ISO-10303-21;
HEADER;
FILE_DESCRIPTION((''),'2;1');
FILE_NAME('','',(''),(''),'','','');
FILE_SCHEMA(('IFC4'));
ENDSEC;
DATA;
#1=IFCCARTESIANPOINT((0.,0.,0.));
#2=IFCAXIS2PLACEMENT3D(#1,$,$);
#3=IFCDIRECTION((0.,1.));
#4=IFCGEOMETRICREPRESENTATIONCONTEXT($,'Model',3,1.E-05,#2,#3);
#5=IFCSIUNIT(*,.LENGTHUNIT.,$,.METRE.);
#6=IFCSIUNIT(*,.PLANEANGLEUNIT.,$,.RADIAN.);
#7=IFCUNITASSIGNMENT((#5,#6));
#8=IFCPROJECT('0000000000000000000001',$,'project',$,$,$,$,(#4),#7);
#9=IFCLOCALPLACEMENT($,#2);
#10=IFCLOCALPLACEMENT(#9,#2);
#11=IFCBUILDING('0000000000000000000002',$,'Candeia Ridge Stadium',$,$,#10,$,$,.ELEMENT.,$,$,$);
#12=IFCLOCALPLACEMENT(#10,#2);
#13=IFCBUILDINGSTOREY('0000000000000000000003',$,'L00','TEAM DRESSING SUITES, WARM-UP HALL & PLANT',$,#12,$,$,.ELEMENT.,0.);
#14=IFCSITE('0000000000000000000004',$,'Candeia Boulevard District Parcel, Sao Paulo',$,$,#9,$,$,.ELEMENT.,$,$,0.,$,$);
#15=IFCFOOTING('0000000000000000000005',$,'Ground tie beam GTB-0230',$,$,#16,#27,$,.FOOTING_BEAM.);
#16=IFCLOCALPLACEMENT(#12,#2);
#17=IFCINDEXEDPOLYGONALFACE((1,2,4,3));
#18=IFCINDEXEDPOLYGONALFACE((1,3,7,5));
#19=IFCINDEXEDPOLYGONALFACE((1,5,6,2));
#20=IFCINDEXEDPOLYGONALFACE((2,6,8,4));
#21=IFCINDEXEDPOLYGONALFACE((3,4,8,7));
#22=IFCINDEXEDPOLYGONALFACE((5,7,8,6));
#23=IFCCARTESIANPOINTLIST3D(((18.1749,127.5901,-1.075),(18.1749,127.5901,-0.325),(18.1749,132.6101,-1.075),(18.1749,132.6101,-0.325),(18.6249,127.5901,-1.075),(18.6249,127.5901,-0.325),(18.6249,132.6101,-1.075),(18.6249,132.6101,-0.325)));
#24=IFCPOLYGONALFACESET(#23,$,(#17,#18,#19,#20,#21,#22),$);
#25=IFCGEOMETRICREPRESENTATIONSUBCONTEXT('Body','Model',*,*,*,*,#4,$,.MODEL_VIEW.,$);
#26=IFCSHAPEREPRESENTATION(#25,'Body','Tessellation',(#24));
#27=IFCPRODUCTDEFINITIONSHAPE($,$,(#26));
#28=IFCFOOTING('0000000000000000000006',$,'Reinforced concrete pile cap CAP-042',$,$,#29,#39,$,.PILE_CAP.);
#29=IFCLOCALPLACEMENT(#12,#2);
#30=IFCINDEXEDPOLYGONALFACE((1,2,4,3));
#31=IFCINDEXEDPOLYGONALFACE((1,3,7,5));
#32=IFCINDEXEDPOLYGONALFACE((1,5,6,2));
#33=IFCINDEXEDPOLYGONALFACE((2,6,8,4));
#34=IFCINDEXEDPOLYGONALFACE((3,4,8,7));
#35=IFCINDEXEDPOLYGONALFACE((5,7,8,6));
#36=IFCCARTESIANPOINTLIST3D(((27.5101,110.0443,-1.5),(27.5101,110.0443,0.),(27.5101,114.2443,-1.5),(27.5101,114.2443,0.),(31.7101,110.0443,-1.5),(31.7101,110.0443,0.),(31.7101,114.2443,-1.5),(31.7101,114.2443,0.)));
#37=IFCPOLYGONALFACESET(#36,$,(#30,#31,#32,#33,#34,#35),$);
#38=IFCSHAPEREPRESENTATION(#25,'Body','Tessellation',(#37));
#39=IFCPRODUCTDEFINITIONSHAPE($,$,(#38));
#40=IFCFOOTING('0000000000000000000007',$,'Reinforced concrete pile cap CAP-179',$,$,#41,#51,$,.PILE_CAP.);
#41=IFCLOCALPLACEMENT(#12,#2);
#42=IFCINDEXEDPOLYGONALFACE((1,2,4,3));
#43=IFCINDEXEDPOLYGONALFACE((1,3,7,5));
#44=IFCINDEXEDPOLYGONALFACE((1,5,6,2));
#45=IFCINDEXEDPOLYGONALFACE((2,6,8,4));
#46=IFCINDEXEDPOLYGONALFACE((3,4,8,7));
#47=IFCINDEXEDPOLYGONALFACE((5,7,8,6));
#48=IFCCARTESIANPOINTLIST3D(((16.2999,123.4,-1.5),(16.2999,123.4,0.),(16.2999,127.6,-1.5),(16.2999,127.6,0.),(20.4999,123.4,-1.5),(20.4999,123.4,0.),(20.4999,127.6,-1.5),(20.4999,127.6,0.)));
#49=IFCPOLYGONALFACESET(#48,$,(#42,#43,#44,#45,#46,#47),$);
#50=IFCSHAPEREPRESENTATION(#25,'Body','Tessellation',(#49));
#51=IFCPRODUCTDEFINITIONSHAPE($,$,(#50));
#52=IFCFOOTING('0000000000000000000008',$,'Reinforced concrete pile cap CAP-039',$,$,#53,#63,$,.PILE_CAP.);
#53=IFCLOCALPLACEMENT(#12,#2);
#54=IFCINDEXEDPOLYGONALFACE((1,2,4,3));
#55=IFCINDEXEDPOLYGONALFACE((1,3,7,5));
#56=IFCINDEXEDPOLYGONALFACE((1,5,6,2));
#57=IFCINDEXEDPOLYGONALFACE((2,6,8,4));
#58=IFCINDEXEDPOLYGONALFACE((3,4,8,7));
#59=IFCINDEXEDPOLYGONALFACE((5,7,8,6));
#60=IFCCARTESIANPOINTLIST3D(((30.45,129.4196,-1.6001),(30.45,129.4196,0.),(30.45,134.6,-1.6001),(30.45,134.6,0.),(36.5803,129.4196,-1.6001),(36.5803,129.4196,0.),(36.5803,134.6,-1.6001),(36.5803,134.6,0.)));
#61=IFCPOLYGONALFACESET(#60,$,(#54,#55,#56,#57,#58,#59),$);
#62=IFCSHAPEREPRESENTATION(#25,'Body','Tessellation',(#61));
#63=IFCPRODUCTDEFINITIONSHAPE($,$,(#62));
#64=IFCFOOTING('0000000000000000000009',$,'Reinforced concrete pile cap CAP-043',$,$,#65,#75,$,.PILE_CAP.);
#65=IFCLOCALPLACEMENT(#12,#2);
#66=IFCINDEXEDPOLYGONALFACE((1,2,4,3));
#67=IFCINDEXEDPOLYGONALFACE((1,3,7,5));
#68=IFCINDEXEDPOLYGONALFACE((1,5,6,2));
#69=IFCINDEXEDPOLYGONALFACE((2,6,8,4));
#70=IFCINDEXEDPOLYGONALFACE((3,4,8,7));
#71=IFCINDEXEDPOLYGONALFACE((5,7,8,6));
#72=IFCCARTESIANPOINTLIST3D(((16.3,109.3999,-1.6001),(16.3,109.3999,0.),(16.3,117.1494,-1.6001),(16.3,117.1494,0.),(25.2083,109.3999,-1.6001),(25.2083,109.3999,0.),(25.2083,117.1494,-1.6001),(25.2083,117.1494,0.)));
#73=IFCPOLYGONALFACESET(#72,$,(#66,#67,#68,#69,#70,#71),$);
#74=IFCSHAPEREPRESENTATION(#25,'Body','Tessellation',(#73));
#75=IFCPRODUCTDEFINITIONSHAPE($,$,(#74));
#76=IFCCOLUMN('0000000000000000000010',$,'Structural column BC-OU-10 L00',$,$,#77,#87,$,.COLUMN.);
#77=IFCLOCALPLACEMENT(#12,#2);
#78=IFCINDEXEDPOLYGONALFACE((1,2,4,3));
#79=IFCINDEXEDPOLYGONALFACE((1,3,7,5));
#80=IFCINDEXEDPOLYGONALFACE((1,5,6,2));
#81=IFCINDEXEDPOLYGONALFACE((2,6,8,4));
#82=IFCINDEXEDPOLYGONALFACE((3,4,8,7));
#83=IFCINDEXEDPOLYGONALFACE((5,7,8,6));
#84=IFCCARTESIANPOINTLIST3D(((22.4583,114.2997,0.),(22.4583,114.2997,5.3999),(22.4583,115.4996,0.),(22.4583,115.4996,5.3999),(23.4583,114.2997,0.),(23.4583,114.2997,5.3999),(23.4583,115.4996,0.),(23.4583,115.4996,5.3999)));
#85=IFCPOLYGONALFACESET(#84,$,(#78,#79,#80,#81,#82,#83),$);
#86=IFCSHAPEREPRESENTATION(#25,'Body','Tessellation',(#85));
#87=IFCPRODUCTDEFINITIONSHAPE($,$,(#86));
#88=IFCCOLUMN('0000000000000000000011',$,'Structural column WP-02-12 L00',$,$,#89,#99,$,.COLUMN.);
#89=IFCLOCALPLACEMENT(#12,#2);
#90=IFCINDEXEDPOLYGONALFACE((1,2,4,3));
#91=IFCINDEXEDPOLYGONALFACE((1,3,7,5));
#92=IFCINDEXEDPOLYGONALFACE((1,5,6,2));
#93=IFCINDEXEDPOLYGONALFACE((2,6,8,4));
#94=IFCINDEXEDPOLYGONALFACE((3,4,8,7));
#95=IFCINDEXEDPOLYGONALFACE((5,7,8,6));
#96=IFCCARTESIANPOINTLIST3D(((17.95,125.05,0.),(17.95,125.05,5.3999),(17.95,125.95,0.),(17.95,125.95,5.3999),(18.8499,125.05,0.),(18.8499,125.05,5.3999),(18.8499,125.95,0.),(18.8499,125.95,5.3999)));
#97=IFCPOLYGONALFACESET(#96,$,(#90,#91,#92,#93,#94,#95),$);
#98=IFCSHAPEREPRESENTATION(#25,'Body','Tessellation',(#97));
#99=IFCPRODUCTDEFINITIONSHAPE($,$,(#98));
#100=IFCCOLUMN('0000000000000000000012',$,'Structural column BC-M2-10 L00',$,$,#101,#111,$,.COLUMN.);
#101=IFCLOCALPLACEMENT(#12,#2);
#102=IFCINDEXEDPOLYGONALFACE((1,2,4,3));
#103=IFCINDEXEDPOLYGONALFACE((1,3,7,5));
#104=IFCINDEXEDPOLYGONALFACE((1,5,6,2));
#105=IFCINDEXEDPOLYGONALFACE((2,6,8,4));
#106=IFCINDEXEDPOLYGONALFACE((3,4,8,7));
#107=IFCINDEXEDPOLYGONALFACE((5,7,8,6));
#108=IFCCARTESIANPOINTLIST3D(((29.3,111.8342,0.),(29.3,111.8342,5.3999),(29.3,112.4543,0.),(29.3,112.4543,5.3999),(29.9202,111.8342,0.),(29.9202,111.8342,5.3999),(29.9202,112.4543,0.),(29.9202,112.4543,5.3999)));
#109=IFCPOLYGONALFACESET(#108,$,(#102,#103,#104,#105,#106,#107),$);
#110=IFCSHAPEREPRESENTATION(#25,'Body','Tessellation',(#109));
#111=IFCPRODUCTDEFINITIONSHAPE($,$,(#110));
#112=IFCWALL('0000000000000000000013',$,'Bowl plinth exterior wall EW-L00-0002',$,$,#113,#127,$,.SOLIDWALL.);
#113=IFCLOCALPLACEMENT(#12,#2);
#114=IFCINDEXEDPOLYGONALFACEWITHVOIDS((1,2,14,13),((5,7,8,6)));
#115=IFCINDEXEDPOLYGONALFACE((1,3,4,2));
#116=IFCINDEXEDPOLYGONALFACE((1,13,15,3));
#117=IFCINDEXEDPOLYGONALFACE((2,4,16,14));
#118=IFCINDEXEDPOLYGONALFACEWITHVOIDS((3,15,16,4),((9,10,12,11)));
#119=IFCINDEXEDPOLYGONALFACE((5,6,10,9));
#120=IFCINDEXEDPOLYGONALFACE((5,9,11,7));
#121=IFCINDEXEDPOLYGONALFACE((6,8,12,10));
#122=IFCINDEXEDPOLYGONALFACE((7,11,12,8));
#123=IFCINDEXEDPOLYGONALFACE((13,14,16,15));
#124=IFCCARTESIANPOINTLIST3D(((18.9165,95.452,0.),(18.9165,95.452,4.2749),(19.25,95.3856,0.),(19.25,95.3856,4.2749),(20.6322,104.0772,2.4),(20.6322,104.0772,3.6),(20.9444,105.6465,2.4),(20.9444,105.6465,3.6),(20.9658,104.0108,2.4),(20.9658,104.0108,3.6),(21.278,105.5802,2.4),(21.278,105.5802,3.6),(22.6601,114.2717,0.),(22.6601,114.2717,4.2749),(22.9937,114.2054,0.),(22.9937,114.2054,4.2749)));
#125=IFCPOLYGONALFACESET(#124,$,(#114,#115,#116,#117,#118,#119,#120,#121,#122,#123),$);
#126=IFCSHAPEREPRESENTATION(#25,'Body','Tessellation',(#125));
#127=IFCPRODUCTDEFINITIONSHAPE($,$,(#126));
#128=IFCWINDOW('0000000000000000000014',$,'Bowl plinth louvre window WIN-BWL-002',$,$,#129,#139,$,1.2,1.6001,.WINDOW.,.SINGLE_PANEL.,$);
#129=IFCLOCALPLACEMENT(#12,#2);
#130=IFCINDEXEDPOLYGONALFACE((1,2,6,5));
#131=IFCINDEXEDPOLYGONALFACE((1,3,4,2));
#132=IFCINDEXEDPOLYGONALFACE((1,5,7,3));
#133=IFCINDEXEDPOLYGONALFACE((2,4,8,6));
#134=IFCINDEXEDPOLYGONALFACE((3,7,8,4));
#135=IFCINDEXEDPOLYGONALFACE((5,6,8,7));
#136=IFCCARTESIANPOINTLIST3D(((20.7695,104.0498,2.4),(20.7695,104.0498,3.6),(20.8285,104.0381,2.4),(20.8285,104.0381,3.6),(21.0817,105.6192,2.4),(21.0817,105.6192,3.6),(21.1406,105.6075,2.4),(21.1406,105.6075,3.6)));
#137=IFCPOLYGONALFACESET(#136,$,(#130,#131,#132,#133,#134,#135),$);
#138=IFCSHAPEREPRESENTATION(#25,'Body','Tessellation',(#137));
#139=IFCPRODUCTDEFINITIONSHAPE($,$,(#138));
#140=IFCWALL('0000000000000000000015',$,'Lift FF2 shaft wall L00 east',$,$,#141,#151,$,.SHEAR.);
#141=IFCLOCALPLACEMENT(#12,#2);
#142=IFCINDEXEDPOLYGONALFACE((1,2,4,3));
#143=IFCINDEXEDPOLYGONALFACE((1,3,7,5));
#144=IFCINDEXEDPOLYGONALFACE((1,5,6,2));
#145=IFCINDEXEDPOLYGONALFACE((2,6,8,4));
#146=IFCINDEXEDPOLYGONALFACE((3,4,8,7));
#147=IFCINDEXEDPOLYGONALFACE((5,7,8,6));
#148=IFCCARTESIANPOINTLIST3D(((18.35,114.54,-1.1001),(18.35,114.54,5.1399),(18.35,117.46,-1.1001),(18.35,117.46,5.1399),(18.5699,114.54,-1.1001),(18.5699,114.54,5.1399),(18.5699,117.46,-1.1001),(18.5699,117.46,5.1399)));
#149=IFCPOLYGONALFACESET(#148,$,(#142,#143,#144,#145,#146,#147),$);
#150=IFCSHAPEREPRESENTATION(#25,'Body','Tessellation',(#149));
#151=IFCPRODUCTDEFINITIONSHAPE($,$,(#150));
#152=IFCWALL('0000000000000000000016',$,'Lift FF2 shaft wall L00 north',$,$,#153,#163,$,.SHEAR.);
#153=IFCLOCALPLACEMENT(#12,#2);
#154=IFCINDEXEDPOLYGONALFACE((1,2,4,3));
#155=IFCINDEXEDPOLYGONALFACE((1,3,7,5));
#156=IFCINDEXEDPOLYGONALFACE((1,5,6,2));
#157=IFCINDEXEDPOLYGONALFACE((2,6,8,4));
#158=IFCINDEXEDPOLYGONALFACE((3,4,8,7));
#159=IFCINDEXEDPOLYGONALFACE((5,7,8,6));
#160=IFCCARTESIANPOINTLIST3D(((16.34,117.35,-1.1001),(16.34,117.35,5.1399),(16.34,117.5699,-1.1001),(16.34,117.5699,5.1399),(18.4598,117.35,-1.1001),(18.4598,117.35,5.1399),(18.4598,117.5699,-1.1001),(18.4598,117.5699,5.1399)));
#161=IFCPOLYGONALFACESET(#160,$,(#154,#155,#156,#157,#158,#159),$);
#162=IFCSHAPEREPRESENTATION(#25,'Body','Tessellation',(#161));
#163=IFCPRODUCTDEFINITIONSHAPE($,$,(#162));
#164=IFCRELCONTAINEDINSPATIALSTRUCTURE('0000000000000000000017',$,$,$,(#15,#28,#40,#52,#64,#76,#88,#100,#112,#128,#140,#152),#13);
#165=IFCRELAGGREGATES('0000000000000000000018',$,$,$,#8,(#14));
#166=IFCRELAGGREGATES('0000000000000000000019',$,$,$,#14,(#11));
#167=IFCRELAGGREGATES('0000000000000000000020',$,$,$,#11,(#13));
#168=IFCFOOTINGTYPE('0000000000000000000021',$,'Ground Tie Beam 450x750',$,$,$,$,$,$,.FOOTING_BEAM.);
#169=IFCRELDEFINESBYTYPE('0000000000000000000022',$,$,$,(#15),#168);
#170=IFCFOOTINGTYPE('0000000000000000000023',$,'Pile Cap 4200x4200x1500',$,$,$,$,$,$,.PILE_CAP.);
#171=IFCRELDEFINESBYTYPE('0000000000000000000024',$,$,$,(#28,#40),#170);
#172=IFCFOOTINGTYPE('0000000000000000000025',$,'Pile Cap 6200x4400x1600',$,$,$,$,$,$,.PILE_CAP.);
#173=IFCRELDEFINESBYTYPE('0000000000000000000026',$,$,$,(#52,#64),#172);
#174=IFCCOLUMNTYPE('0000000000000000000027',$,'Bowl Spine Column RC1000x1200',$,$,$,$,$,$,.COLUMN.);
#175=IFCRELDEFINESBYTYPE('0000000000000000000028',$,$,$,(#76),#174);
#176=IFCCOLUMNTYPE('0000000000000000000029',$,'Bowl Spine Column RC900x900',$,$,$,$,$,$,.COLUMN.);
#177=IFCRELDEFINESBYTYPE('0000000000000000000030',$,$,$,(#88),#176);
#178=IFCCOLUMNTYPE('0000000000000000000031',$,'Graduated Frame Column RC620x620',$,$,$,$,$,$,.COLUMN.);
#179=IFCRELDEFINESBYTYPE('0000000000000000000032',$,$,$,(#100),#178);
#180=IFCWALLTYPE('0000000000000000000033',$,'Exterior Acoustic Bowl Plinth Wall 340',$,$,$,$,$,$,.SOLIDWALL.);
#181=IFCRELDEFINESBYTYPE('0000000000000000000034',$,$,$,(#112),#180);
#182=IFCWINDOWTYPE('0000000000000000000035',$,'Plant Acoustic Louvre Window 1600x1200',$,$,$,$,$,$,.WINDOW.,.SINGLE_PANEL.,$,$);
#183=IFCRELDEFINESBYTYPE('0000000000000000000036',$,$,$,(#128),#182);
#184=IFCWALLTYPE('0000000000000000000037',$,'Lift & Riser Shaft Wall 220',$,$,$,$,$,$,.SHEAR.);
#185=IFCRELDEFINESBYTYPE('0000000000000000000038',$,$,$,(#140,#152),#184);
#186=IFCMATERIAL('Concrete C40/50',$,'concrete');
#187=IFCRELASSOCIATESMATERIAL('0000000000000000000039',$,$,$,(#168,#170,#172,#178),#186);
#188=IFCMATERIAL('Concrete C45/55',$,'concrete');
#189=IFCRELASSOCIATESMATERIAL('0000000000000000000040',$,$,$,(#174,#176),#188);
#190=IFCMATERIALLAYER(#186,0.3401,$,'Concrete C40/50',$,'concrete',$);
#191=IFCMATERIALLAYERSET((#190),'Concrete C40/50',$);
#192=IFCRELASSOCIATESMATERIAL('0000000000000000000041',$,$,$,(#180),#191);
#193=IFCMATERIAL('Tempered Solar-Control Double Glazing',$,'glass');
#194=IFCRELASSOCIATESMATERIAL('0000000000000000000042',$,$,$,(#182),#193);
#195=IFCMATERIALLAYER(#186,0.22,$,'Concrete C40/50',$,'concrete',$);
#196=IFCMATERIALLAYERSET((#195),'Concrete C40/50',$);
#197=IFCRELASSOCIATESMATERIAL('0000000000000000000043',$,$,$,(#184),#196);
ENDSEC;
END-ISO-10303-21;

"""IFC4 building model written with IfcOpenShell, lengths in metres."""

from ifc_helpers import new_model, si_unit, direction, frame, frame_2d, origin, origin_2d, place, context, subcontext, project, spatial, rectangle, extrude, material, layer, layer_set, material_profile, profile_set, type_object, element, fill, save


model = new_model("IFC4")

# Units and contexts
model_context = context("Model", 3, precision=1e-05, world=origin(), true_north=direction((0.0, 1.0)))
body_context = subcontext(model_context, "Body", "Model", "MODEL_VIEW")
ifc_project = project(units=[si_unit("LENGTHUNIT", "METRE"), si_unit("PLANEANGLEUNIT", "RADIAN")], contexts=[model_context])

# Site, building, storey
site_placement = place(None, origin())
site = spatial("IfcSite", under=ifc_project, at=site_placement, Name="Candeia Boulevard District Parcel, Sao Paulo", CompositionType="ELEMENT", RefElevation=0.0)
building_placement = place(site_placement, origin())
building = spatial("IfcBuilding", under=site, at=building_placement, Name="Candeia Ridge Stadium", CompositionType="ELEMENT")
storey_placement = place(building_placement, origin())
storey = spatial("IfcBuildingStorey", under=building, at=storey_placement, Name="L00", Description="TEAM DRESSING SUITES, WARM-UP HALL & PLANT", CompositionType="ELEMENT", Elevation=0.0)

# Shared definitions
ifc_material_1 = material(Name="Concrete C40/50", Category="concrete")

# Footings
footing_type_1 = type_object("IfcFootingType", Name="Ground Tie Beam 450x750", PredefinedType="FOOTING_BEAM", material=ifc_material_1)
footing_1_placement = place(storey_placement, frame((18.3999, 130.1001, -1.075), z_axis=(0.0, 0.0, 1.0), x_axis=(0.0, 1.0, 0.0)))
element("IfcFooting", 1, at=footing_1_placement, inside=storey, type_object=footing_type_1, Name="Ground tie beam GTB-0230", PredefinedType="FOOTING_BEAM", context=body_context, shape_type="SweptSolid", body=[
    extrude(rectangle(XDim=5.02, YDim=0.45, at=origin_2d()), origin(), (0.0, 0.0, 1.0), 0.75),
])
footing_type_2 = type_object("IfcFootingType", Name="Pile Cap 4200x4200x1500", PredefinedType="PILE_CAP", material=ifc_material_1)
for number, where, z_axis, x_axis, name in (
    (2, (29.6101, 112.1443, -1.5), (0.0, 0.0, 1.0), (1.0, 0.0, 0.0), "Reinforced concrete pile cap CAP-042"),
    (3, (18.3999, 125.5, -1.5), (0.0, 0.0, 1.0), (1.0, 0.0, 0.0), "Reinforced concrete pile cap CAP-179"),
):
    element("IfcFooting", number, at=place(storey_placement, frame(where, z_axis=z_axis, x_axis=x_axis)), inside=storey, type_object=footing_type_2, Name=name, PredefinedType="PILE_CAP", context=body_context, shape_type="SweptSolid", body=[
        extrude(rectangle(XDim=4.2, YDim=4.2, at=origin_2d()), origin(), (0.0, 0.0, 1.0), 1.5),
    ])
footing_type_3 = type_object("IfcFootingType", Name="Pile Cap 6200x4400x1600", PredefinedType="PILE_CAP", material=ifc_material_1)
footing_2_placement = place(storey_placement, frame((33.5151, 132.0098, -1.6001), z_axis=(0.0, 0.0, 1.0), x_axis=(1.0, 0.0, 0.0)))
element("IfcFooting", 4, at=footing_2_placement, inside=storey, type_object=footing_type_3, Name="Reinforced concrete pile cap CAP-039", PredefinedType="PILE_CAP", context=body_context, shape_type="SweptSolid", body=[
    extrude(rectangle(XDim=6.1304, YDim=5.1804, at=origin_2d()), origin(), (0.0, 0.0, 1.0), 1.6001),
])
footing_3_placement = place(storey_placement, frame((20.7542, 113.2747, -1.6001), z_axis=(0.0, 0.0, 1.0), x_axis=(1.0, 0.0, 0.0)))
element("IfcFooting", 5, at=footing_3_placement, inside=storey, type_object=footing_type_3, Name="Reinforced concrete pile cap CAP-043", PredefinedType="PILE_CAP", context=body_context, shape_type="SweptSolid", body=[
    extrude(rectangle(XDim=8.9082, YDim=7.7495, at=origin_2d()), origin(), (0.0, 0.0, 1.0), 1.6001),
])

# Columns
ifc_material_2 = material(Name="Concrete C45/55", Category="concrete")
ifc_material_profile_1 = material_profile(ifc_material_2, rectangle(XDim=1.0, YDim=1.2, at=origin_2d()), Name="RC1000x1200", Category="concrete")
ifc_profile_set_1 = profile_set([ifc_material_profile_1], Name="Concrete C45/55")
column_type_1 = type_object("IfcColumnType", Name="Bowl Spine Column RC1000x1200", PredefinedType="COLUMN", material=ifc_profile_set_1)
column_1_placement = place(storey_placement, frame((22.9583, 114.8997, 0.0), z_axis=(0.0, 0.0, 1.0), x_axis=(1.0, 0.0, 0.0)))
element("IfcColumn", 6, at=column_1_placement, inside=storey, type_object=column_type_1, Name="Structural column BC-OU-10 L00", PredefinedType="COLUMN", context=body_context, shape_type="SweptSolid", body=[
    extrude(rectangle(XDim=1.0, YDim=1.2, at=origin_2d()), origin(), (0.0, 0.0, 1.0), 5.3999),
])
ifc_material_profile_2 = material_profile(ifc_material_2, rectangle(XDim=0.8999, YDim=0.8999, at=origin_2d()), Name="RC900x900", Category="concrete")
ifc_profile_set_2 = profile_set([ifc_material_profile_2], Name="Concrete C45/55")
column_type_2 = type_object("IfcColumnType", Name="Bowl Spine Column RC900x900", PredefinedType="COLUMN", material=ifc_profile_set_2)
column_2_placement = place(storey_placement, frame((18.3999, 125.5, 0.0), z_axis=(0.0, 0.0, 1.0), x_axis=(1.0, 0.0, 0.0)))
element("IfcColumn", 7, at=column_2_placement, inside=storey, type_object=column_type_2, Name="Structural column WP-02-12 L00", PredefinedType="COLUMN", context=body_context, shape_type="SweptSolid", body=[
    extrude(rectangle(XDim=0.8999, YDim=0.8999, at=origin_2d()), origin(), (0.0, 0.0, 1.0), 5.3999),
])
ifc_material_profile_3 = material_profile(ifc_material_1, rectangle(XDim=0.6201, YDim=0.6201, at=origin_2d()), Name="RC620x620", Category="concrete")
ifc_profile_set_3 = profile_set([ifc_material_profile_3], Name="Concrete C40/50")
column_type_3 = type_object("IfcColumnType", Name="Graduated Frame Column RC620x620", PredefinedType="COLUMN", material=ifc_profile_set_3)
column_3_placement = place(storey_placement, frame((29.6101, 112.1443, 0.0), z_axis=(0.0, 0.0, 1.0), x_axis=(1.0, 0.0, 0.0)))
element("IfcColumn", 8, at=column_3_placement, inside=storey, type_object=column_type_3, Name="Structural column BC-M2-10 L00", PredefinedType="COLUMN", context=body_context, shape_type="SweptSolid", body=[
    extrude(rectangle(XDim=0.6201, YDim=0.6201, at=origin_2d()), origin(), (0.0, 0.0, 1.0), 5.3999),
])

# Wall, opening, window
ifc_layer_1 = layer(ifc_material_1, 0.3401, Name="Concrete C40/50", Category="concrete")
ifc_layer_set_1 = layer_set([ifc_layer_1], Name="Concrete C40/50")
wall_type_1 = type_object("IfcWallType", Name="Exterior Acoustic Bowl Plinth Wall 340", PredefinedType="SOLIDWALL", material=ifc_layer_set_1)
wall_1_placement = place(storey_placement, frame((22.8269, 114.2385, 0.0), z_axis=(0.0, 0.0, 1.0), x_axis=(-0.195098, -0.980784, 0.0)))
wall_1 = element("IfcWall", 9, at=wall_1_placement, inside=storey, type_object=wall_type_1, Name="Bowl plinth exterior wall EW-L00-0002", PredefinedType="SOLIDWALL", context=body_context, shape_type="SweptSolid", body=[
    extrude(rectangle(XDim=19.1885, YDim=0.3401, at=frame_2d((9.5942, 0.0))), origin(), (0.0, 0.0, 1.0), 4.2749),
])
opening_placement = place(wall_1_placement, frame((8.7942, 0.0, 2.3999)))
opening = element("IfcOpeningElement", 10, at=opening_placement, cuts=wall_1, PredefinedType="OPENING", context=body_context, shape_type="SweptSolid", body=[
    extrude(rectangle(XDim=1.6001, YDim=1.2, at=frame_2d((0.8, 0.6001))), frame((0.0, 0.1799, 0.0), z_axis=(0.0, -1.0, 0.0), x_axis=(1.0, 0.0, 0.0)), (0.0, 0.0, 1.0), 0.3601),
])
ifc_material_3 = material(Name="Tempered Solar-Control Double Glazing", Category="glass")
window_type = type_object("IfcWindowType", Name="Plant Acoustic Louvre Window 1600x1200", PartitioningType="SINGLE_PANEL", PredefinedType="WINDOW", material=ifc_material_3)
window_placement = place(opening_placement, origin())
window = element("IfcWindow", 11, at=window_placement, inside=storey, type_object=window_type, Name="Bowl plinth louvre window WIN-BWL-002", OverallHeight=1.2, OverallWidth=1.6001, PartitioningType="SINGLE_PANEL", PredefinedType="WINDOW", context=body_context, shape_type="SweptSolid", body=[
    extrude(rectangle(XDim=1.6001, YDim=1.2, at=frame_2d((0.8, 0.6001))), frame((0.0, 0.03, 0.0), z_axis=(0.0, -1.0, 0.0), x_axis=(1.0, 0.0, 0.0)), (0.0, 0.0, 1.0), 0.0601),
])
fill(opening, window)

# Walls
ifc_layer_2 = layer(ifc_material_1, 0.22, Name="Concrete C40/50", Category="concrete")
ifc_layer_set_2 = layer_set([ifc_layer_2], Name="Concrete C40/50")
wall_type_2 = type_object("IfcWallType", Name="Lift & Riser Shaft Wall 220", PredefinedType="SHEAR", material=ifc_layer_set_2)
wall_2_placement = place(storey_placement, frame((18.46, 114.54, -1.1001), z_axis=(0.0, 0.0, 1.0), x_axis=(0.0, 1.0, 0.0)))
element("IfcWall", 12, at=wall_2_placement, inside=storey, type_object=wall_type_2, Name="Lift FF2 shaft wall L00 east", PredefinedType="SHEAR", context=body_context, shape_type="SweptSolid", body=[
    extrude(rectangle(XDim=2.9199, YDim=0.22, at=frame_2d((1.46, 0.0))), origin(), (0.0, 0.0, 1.0), 6.24),
])
wall_3_placement = place(storey_placement, frame((18.46, 117.46, -1.1001), z_axis=(0.0, 0.0, 1.0), x_axis=(-1.0, 0.0, 0.0)))
element("IfcWall", 13, at=wall_3_placement, inside=storey, type_object=wall_type_2, Name="Lift FF2 shaft wall L00 north", PredefinedType="SHEAR", context=body_context, shape_type="SweptSolid", body=[
    extrude(rectangle(XDim=2.1199, YDim=0.22, at=frame_2d((1.0601, 0.0))), origin(), (0.0, 0.0, 1.0), 6.24),
])

save(model, "model.ifc")
